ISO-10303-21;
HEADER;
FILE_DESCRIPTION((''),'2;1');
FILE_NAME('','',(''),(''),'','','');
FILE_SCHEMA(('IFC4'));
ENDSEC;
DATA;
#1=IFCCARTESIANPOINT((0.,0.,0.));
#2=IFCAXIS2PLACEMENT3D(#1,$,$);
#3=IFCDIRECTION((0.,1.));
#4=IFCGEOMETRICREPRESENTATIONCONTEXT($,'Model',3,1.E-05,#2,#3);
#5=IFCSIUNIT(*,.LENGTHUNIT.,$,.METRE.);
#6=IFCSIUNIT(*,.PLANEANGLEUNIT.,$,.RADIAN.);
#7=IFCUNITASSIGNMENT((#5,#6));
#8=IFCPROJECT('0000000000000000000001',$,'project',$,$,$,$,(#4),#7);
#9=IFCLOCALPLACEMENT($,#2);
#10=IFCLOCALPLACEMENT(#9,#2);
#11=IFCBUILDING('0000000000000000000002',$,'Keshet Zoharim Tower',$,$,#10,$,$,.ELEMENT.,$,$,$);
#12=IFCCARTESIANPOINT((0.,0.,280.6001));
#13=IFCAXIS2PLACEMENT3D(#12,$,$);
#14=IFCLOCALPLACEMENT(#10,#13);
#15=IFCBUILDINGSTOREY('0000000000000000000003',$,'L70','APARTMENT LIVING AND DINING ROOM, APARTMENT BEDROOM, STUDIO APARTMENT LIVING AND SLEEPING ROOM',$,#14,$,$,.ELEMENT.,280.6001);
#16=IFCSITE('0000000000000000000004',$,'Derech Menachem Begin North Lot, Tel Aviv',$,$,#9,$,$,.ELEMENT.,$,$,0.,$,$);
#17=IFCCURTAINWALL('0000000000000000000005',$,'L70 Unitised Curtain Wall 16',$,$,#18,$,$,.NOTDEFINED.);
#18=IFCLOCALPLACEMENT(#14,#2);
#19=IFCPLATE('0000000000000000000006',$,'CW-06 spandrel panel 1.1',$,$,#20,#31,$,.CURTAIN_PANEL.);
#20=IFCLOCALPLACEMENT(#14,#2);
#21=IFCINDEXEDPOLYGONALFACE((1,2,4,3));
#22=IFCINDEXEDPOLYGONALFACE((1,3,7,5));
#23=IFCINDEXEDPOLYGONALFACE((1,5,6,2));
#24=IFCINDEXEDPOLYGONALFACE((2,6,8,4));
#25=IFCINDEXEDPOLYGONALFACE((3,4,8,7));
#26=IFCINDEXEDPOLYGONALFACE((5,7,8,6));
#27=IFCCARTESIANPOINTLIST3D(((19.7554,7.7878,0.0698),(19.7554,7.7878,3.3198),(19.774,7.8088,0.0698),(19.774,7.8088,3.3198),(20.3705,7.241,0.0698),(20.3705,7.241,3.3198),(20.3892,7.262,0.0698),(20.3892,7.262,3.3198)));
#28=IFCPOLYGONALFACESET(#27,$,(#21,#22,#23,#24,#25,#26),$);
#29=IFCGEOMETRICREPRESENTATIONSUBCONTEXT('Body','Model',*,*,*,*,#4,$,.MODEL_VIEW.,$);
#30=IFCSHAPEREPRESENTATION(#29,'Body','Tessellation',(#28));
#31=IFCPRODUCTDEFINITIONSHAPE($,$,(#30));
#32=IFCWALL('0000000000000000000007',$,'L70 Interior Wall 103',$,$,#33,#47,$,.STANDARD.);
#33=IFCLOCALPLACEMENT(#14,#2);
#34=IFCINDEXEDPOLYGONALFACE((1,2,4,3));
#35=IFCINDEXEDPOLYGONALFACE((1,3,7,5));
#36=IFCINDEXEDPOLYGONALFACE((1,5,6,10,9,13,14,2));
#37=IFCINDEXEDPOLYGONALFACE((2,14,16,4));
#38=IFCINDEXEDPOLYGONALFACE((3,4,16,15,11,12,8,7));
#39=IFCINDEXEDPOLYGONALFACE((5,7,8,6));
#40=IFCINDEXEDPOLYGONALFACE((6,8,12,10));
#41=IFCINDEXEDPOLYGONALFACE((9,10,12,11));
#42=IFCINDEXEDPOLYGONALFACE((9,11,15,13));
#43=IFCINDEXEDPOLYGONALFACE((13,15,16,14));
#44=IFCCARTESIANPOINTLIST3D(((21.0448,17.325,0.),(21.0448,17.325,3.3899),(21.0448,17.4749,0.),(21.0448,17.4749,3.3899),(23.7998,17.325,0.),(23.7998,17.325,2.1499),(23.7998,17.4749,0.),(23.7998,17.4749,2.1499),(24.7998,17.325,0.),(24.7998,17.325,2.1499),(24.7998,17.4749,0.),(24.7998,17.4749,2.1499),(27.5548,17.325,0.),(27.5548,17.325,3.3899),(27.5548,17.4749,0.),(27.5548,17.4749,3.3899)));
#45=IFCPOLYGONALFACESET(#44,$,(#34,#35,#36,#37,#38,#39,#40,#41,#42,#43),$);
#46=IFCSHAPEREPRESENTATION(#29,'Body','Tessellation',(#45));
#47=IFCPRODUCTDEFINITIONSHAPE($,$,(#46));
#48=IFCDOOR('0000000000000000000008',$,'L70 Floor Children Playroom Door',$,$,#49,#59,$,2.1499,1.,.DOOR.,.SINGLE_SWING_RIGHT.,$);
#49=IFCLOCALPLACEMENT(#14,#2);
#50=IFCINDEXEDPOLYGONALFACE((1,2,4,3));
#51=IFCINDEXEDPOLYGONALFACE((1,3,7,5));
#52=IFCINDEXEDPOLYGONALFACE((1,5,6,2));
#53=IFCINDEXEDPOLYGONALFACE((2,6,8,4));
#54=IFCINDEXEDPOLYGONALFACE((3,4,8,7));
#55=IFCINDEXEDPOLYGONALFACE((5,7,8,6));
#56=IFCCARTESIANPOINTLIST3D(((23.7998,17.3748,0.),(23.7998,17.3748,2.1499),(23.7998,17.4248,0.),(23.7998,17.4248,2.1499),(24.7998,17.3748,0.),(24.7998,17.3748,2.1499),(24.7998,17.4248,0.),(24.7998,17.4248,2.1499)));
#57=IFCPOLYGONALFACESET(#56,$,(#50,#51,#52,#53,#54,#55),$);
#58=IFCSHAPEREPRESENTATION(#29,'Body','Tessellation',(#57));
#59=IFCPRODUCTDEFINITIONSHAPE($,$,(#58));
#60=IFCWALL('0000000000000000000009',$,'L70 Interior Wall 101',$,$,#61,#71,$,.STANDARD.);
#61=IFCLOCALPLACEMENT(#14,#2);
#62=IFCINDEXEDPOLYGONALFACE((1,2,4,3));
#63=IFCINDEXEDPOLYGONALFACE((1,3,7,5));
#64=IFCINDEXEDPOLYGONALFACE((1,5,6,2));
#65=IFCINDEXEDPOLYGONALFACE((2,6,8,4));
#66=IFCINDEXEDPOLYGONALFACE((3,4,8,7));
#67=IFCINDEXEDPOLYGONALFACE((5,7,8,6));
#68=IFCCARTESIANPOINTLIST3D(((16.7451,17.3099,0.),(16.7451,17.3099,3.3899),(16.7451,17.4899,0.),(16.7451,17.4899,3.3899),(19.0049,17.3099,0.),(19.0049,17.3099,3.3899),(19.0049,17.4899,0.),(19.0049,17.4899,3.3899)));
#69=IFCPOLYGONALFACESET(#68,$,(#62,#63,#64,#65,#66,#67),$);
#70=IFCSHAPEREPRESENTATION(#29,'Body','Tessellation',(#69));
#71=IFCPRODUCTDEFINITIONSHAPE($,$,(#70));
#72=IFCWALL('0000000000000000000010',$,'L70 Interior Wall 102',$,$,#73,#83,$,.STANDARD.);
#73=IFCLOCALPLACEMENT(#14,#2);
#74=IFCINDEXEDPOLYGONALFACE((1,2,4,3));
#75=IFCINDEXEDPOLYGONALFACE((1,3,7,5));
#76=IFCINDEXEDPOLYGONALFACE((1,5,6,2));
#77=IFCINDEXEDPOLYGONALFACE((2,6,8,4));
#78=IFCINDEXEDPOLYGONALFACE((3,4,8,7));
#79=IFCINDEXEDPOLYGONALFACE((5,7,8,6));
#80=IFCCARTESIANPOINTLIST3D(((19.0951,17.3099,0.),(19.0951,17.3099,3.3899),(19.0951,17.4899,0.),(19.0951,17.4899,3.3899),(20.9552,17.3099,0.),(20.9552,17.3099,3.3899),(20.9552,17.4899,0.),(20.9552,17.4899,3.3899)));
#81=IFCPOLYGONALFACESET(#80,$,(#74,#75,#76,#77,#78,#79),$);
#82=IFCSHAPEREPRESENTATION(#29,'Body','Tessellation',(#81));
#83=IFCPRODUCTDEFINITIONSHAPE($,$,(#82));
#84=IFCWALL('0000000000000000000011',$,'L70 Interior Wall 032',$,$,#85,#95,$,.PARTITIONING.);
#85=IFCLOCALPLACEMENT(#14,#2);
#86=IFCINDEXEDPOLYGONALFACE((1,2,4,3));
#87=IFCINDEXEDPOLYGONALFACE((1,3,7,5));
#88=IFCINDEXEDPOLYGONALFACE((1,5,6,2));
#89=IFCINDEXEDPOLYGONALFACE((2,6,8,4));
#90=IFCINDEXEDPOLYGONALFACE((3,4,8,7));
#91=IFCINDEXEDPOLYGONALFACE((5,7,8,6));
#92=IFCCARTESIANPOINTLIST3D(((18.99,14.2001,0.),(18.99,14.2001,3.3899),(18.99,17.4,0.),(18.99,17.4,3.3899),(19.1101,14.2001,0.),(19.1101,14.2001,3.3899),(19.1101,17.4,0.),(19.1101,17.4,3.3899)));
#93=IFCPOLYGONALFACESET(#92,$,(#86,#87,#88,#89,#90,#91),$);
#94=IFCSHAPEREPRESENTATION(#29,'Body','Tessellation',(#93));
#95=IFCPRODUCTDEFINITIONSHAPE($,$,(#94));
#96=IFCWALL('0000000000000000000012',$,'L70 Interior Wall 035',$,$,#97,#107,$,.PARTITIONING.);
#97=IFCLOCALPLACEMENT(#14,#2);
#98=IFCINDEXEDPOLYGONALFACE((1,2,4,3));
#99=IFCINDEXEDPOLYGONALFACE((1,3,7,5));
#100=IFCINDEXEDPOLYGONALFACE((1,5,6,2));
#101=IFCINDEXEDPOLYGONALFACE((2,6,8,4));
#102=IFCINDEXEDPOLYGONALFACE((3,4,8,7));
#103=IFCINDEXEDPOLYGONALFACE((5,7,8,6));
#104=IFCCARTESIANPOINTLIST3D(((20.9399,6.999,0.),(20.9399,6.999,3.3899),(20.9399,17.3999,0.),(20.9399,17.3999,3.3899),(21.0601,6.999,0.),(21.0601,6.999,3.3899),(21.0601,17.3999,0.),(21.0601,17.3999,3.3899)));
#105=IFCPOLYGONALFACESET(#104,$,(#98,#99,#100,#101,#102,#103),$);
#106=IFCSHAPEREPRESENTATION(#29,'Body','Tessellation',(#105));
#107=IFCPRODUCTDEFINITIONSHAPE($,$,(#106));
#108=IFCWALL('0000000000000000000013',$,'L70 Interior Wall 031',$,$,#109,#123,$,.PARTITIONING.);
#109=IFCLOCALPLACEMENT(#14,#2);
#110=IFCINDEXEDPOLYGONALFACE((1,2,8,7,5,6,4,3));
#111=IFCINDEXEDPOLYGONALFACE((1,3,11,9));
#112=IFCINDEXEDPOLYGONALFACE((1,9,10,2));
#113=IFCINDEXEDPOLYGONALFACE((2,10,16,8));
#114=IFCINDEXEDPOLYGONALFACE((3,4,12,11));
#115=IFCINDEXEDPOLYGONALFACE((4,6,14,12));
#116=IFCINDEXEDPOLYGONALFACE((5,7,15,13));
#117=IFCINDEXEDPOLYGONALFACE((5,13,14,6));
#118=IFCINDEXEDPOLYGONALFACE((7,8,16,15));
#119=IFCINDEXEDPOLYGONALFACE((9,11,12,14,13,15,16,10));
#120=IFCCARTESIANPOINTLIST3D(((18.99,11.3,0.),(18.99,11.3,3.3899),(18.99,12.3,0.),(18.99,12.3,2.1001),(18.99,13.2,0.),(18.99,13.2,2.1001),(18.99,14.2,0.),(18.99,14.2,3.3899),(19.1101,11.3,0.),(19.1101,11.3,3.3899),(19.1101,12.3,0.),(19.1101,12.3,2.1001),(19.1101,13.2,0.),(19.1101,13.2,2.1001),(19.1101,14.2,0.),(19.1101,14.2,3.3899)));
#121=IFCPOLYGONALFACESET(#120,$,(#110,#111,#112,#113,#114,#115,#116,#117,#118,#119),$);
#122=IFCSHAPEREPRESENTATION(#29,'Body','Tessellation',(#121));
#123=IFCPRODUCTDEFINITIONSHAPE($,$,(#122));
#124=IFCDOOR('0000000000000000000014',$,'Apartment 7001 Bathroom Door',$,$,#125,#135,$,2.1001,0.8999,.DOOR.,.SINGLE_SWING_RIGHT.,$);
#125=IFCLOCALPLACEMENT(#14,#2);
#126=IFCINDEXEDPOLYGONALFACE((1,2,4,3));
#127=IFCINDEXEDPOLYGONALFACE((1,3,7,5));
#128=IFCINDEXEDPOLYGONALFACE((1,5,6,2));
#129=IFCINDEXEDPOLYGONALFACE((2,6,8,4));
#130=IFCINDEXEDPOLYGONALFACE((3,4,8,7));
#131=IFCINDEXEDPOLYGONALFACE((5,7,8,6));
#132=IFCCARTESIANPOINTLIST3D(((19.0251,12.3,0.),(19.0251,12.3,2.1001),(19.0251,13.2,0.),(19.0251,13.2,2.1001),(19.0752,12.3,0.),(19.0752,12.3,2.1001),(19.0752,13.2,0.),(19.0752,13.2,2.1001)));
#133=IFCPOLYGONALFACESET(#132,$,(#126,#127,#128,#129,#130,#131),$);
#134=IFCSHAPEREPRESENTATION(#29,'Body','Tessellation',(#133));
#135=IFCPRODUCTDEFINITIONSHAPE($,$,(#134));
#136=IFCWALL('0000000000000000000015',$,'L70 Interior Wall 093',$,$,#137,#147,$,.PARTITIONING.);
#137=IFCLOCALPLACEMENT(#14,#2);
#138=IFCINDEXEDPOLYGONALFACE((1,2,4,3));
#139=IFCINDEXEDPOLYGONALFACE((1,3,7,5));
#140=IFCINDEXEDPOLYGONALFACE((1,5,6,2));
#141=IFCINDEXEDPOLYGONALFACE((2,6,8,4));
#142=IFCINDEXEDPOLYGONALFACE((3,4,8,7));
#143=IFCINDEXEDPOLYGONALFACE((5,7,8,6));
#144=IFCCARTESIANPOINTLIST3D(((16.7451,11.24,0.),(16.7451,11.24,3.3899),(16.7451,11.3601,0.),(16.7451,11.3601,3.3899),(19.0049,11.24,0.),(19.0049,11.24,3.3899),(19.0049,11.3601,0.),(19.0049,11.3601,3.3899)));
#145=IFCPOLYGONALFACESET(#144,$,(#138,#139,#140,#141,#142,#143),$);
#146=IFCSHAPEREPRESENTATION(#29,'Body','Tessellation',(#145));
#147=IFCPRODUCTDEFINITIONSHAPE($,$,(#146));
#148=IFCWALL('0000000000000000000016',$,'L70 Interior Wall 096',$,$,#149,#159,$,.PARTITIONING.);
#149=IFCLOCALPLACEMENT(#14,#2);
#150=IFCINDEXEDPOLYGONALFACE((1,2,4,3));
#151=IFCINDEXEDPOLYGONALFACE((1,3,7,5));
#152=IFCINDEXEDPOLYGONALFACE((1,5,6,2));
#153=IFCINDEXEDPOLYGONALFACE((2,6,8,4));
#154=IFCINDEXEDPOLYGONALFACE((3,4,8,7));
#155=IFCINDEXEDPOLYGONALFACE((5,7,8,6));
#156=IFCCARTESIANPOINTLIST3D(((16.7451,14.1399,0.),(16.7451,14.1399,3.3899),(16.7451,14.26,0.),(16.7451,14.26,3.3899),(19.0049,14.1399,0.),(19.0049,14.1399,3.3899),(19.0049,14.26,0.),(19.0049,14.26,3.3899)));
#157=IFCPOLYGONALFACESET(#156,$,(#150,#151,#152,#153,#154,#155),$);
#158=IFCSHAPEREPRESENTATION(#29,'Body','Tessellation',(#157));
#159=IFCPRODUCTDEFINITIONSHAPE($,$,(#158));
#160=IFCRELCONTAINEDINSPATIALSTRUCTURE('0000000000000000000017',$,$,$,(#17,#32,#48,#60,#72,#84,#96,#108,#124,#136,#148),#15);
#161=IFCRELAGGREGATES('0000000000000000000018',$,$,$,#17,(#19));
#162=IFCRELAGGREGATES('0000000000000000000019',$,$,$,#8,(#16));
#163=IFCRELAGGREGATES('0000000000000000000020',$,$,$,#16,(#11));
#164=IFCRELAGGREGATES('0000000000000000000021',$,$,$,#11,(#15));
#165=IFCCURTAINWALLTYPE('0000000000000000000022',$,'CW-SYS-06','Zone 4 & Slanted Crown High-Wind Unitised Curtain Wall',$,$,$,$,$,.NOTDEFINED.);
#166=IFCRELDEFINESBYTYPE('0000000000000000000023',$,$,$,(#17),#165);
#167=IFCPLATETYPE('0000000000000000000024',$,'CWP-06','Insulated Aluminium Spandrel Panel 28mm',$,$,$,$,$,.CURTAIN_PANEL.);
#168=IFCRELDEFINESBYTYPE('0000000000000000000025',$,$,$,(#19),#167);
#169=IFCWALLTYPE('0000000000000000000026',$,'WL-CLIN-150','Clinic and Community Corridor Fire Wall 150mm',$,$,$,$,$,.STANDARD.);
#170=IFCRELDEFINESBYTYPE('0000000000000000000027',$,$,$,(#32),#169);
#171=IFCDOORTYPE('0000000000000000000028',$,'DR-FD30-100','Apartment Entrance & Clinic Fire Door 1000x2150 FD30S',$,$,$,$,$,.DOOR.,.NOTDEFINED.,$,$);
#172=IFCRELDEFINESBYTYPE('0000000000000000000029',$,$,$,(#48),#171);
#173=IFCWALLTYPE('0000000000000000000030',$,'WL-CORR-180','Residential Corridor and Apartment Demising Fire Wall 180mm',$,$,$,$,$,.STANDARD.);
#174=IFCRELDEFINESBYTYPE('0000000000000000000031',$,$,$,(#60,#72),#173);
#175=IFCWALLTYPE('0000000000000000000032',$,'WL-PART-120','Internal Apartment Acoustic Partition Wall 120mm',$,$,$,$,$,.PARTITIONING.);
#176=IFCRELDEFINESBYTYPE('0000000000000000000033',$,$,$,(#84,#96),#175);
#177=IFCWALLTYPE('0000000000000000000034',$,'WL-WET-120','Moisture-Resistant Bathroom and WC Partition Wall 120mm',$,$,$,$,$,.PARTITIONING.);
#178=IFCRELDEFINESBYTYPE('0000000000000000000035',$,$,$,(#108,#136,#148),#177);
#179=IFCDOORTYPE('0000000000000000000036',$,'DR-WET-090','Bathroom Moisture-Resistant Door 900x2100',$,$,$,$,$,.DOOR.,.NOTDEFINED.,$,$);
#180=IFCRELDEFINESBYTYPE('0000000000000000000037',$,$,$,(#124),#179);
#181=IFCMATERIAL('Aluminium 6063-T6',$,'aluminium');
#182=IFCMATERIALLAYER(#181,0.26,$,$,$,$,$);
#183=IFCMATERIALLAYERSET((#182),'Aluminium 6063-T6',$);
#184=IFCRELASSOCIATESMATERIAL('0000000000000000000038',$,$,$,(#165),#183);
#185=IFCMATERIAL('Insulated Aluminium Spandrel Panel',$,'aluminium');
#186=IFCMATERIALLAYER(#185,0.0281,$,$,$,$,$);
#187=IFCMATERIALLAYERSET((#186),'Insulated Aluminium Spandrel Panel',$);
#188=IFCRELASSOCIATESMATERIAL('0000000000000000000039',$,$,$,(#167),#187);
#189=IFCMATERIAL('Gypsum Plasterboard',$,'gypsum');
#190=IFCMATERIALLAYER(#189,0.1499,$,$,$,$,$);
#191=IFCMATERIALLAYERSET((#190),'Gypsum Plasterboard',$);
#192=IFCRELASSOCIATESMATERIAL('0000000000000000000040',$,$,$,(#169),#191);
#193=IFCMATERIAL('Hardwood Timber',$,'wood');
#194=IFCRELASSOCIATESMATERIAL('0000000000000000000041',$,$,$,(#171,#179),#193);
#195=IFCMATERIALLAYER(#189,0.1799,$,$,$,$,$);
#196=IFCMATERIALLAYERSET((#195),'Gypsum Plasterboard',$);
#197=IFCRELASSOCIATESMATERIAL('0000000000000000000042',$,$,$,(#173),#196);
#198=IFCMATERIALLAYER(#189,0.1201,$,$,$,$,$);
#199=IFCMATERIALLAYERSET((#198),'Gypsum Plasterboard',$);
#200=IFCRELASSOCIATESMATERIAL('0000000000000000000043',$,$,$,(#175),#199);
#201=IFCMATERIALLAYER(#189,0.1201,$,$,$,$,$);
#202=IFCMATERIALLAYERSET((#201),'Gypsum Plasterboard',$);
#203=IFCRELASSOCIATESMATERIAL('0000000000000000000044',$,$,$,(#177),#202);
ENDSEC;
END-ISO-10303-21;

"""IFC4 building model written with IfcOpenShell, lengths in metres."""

from ifc_helpers import new_model, si_unit, direction, frame, frame_2d, origin, origin_2d, place, context, subcontext, project, spatial, rectangle, extrude, material, layer, layer_set, type_object, element, fill, aggregate, save


model = new_model("IFC4")

# Units and contexts
model_context = context("Model", 3, precision=1e-05, world=origin(), true_north=direction((0.0, 1.0)))
body_context = subcontext(model_context, "Body", "Model", "MODEL_VIEW")
ifc_project = project(units=[si_unit("LENGTHUNIT", "METRE"), si_unit("PLANEANGLEUNIT", "RADIAN")], contexts=[model_context])

# Site, building, storey
site_placement = place(None, origin())
site = spatial("IfcSite", under=ifc_project, at=site_placement, Name="Derech Menachem Begin North Lot, Tel Aviv", CompositionType="ELEMENT", RefElevation=0.0)
building_placement = place(site_placement, origin())
building = spatial("IfcBuilding", under=site, at=building_placement, Name="Keshet Zoharim Tower", CompositionType="ELEMENT")
storey_placement = place(building_placement, frame((0.0, 0.0, 280.6001)))
storey = spatial("IfcBuildingStorey", under=building, at=storey_placement, Name="L70", Description="APARTMENT LIVING AND DINING ROOM, APARTMENT BEDROOM, STUDIO APARTMENT LIVING AND SLEEPING ROOM", CompositionType="ELEMENT", Elevation=280.6001)

# Shared definitions
ifc_material_1 = material(Name="Aluminium 6063-T6", Category="aluminium")
ifc_layer_1 = layer(ifc_material_1, 0.26)
ifc_layer_set_1 = layer_set([ifc_layer_1], Name="Aluminium 6063-T6")
curtain_wall_type = type_object("IfcCurtainWallType", Name="CW-SYS-06", Description="Zone 4 & Slanted Crown High-Wind Unitised Curtain Wall", PredefinedType="NOTDEFINED", material=ifc_layer_set_1)

# Curtain wall
curtain_wall_1_placement = place(storey_placement, origin())
curtain_wall_1 = element("IfcCurtainWall", 1, at=curtain_wall_1_placement, inside=storey, type_object=curtain_wall_type, Name="L70 Unitised Curtain Wall 16", PredefinedType="NOTDEFINED")

# Plate
ifc_material_2 = material(Name="Insulated Aluminium Spandrel Panel", Category="aluminium")
ifc_layer_2 = layer(ifc_material_2, 0.0281)
ifc_layer_set_2 = layer_set([ifc_layer_2], Name="Insulated Aluminium Spandrel Panel")
plate_type_1 = type_object("IfcPlateType", Name="CWP-06", Description="Insulated Aluminium Spandrel Panel 28mm", PredefinedType="CURTAIN_PANEL", material=ifc_layer_set_2)
plate_1_placement = place(storey_placement, frame((20.0723, 7.5249, 0.0698), z_axis=(0.0, 0.0, 1.0), x_axis=(-0.747427, 0.664345, 0.0)))
plate_1 = element("IfcPlate", 2, at=plate_1_placement, type_object=plate_type_1, Name="CW-06 spandrel panel 1.1", PredefinedType="CURTAIN_PANEL", context=body_context, shape_type="SweptSolid", body=[
    extrude(rectangle(XDim=0.823, YDim=0.0281, at=origin_2d()), origin(), (0.0, 0.0, 1.0), 3.25),
])
aggregate(curtain_wall_1, [plate_1])

# Wall, opening, door
ifc_material_3 = material(Name="Gypsum Plasterboard", Category="gypsum")
ifc_layer_3 = layer(ifc_material_3, 0.1499)
ifc_layer_set_3 = layer_set([ifc_layer_3], Name="Gypsum Plasterboard")
wall_type_1 = type_object("IfcWallType", Name="WL-CLIN-150", Description="Clinic and Community Corridor Fire Wall 150mm", PredefinedType="STANDARD", material=ifc_layer_set_3)
wall_1_placement = place(storey_placement, frame((21.0449, 17.3999, 0.0), z_axis=(0.0, 0.0, 1.0), x_axis=(1.0, 0.0, 0.0)))
wall_1 = element("IfcWall", 3, at=wall_1_placement, inside=storey, type_object=wall_type_1, Name="L70 Interior Wall 103", PredefinedType="STANDARD", context=body_context, shape_type="SweptSolid", body=[
    extrude(rectangle(XDim=6.51, YDim=0.1499, at=frame_2d((3.2549, 0.0))), origin(), (0.0, 0.0, 1.0), 3.3899),
])
opening_1_placement = place(wall_1_placement, frame((2.7549, 0.0, 0.0)))
opening_1 = element("IfcOpeningElement", 4, at=opening_1_placement, cuts=wall_1, PredefinedType="OPENING", context=body_context, shape_type="SweptSolid", body=[
    extrude(rectangle(XDim=1.0, YDim=2.1499, at=frame_2d((0.5, 1.075))), frame((0.0, 0.085, 0.0), z_axis=(0.0, -1.0, 0.0), x_axis=(1.0, 0.0, 0.0)), (0.0, 0.0, 1.0), 0.1699),
])
ifc_material_4 = material(Name="Hardwood Timber", Category="wood")
door_type_1 = type_object("IfcDoorType", Name="DR-FD30-100", Description="Apartment Entrance & Clinic Fire Door 1000x2150 FD30S", OperationType="NOTDEFINED", PredefinedType="DOOR", material=ifc_material_4)
door_1_placement = place(opening_1_placement, origin())
door_1 = element("IfcDoor", 5, at=door_1_placement, inside=storey, type_object=door_type_1, Name="L70 Floor Children Playroom Door", OperationType="SINGLE_SWING_RIGHT", OverallHeight=2.1499, OverallWidth=1.0, PredefinedType="DOOR", context=body_context, shape_type="SweptSolid", body=[
    extrude(rectangle(XDim=1.0, YDim=2.1499, at=frame_2d((0.5, 1.075))), frame((0.0, 0.0249, 0.0), z_axis=(0.0, -1.0, 0.0), x_axis=(1.0, 0.0, 0.0)), (0.0, 0.0, 1.0), 0.05),
])
fill(opening_1, door_1)

# Walls
ifc_layer_4 = layer(ifc_material_3, 0.1799)
ifc_layer_set_4 = layer_set([ifc_layer_4], Name="Gypsum Plasterboard")
wall_type_2 = type_object("IfcWallType", Name="WL-CORR-180", Description="Residential Corridor and Apartment Demising Fire Wall 180mm", PredefinedType="STANDARD", material=ifc_layer_set_4)
wall_2_placement = place(storey_placement, frame((16.7451, 17.3999, 0.0), z_axis=(0.0, 0.0, 1.0), x_axis=(1.0, 0.0, 0.0)))
element("IfcWall", 6, at=wall_2_placement, inside=storey, type_object=wall_type_2, Name="L70 Interior Wall 101", PredefinedType="STANDARD", context=body_context, shape_type="SweptSolid", body=[
    extrude(rectangle(XDim=2.2598, YDim=0.1799, at=frame_2d((1.1299, 0.0))), origin(), (0.0, 0.0, 1.0), 3.3899),
])
wall_3_placement = place(storey_placement, frame((19.095, 17.3999, 0.0), z_axis=(0.0, 0.0, 1.0), x_axis=(1.0, 0.0, 0.0)))
element("IfcWall", 7, at=wall_3_placement, inside=storey, type_object=wall_type_2, Name="L70 Interior Wall 102", PredefinedType="STANDARD", context=body_context, shape_type="SweptSolid", body=[
    extrude(rectangle(XDim=1.8601, YDim=0.1799, at=frame_2d((0.9302, 0.0))), origin(), (0.0, 0.0, 1.0), 3.3899),
])

# Shared definitions
ifc_layer_5 = layer(ifc_material_3, 0.1201)
ifc_layer_set_5 = layer_set([ifc_layer_5], Name="Gypsum Plasterboard")
wall_type_3 = type_object("IfcWallType", Name="WL-PART-120", Description="Internal Apartment Acoustic Partition Wall 120mm", PredefinedType="PARTITIONING", material=ifc_layer_set_5)

# Walls
wall_4_placement = place(storey_placement, frame((19.05, 14.2, 0.0), z_axis=(0.0, 0.0, 1.0), x_axis=(0.0, 1.0, 0.0)))
element("IfcWall", 8, at=wall_4_placement, inside=storey, type_object=wall_type_3, Name="L70 Interior Wall 032", PredefinedType="PARTITIONING", context=body_context, shape_type="SweptSolid", body=[
    extrude(rectangle(XDim=3.2, YDim=0.1201, at=frame_2d((1.6001, 0.0))), origin(), (0.0, 0.0, 1.0), 3.3899),
])
wall_5_placement = place(storey_placement, frame((21.0, 6.999, 0.0), z_axis=(0.0, 0.0, 1.0), x_axis=(0.0, 1.0, 0.0)))
element("IfcWall", 9, at=wall_5_placement, inside=storey, type_object=wall_type_3, Name="L70 Interior Wall 035", PredefinedType="PARTITIONING", context=body_context, shape_type="SweptSolid", body=[
    extrude(rectangle(XDim=10.4009, YDim=0.1201, at=frame_2d((5.2004, 0.0))), origin(), (0.0, 0.0, 1.0), 3.3899),
])

# Wall, opening, door
ifc_layer_6 = layer(ifc_material_3, 0.1201)
ifc_layer_set_6 = layer_set([ifc_layer_6], Name="Gypsum Plasterboard")
wall_type_4 = type_object("IfcWallType", Name="WL-WET-120", Description="Moisture-Resistant Bathroom and WC Partition Wall 120mm", PredefinedType="PARTITIONING", material=ifc_layer_set_6)
wall_6_placement = place(storey_placement, frame((19.05, 11.3, 0.0), z_axis=(0.0, 0.0, 1.0), x_axis=(0.0, 1.0, 0.0)))
wall_6 = element("IfcWall", 10, at=wall_6_placement, inside=storey, type_object=wall_type_4, Name="L70 Interior Wall 031", PredefinedType="PARTITIONING", context=body_context, shape_type="SweptSolid", body=[
    extrude(rectangle(XDim=2.8999, YDim=0.1201, at=frame_2d((1.45, 0.0))), origin(), (0.0, 0.0, 1.0), 3.3899),
])
opening_2_placement = place(wall_6_placement, frame((1.0, 0.0, 0.0)))
opening_2 = element("IfcOpeningElement", 11, at=opening_2_placement, cuts=wall_6, PredefinedType="OPENING", context=body_context, shape_type="SweptSolid", body=[
    extrude(rectangle(XDim=0.8999, YDim=2.1001, at=frame_2d((0.45, 1.05))), frame((0.0, 0.0701, 0.0), z_axis=(0.0, -1.0, 0.0), x_axis=(1.0, 0.0, 0.0)), (0.0, 0.0, 1.0), 0.1401),
])
door_type_2 = type_object("IfcDoorType", Name="DR-WET-090", Description="Bathroom Moisture-Resistant Door 900x2100", OperationType="NOTDEFINED", PredefinedType="DOOR", material=ifc_material_4)
door_2_placement = place(opening_2_placement, origin())
door_2 = element("IfcDoor", 12, at=door_2_placement, inside=storey, type_object=door_type_2, Name="Apartment 7001 Bathroom Door", OperationType="SINGLE_SWING_RIGHT", OverallHeight=2.1001, OverallWidth=0.8999, PredefinedType="DOOR", context=body_context, shape_type="SweptSolid", body=[
    extrude(rectangle(XDim=0.8999, YDim=2.1001, at=frame_2d((0.45, 1.05))), frame((0.0, 0.0249, 0.0), z_axis=(0.0, -1.0, 0.0), x_axis=(1.0, 0.0, 0.0)), (0.0, 0.0, 1.0), 0.05),
])
fill(opening_2, door_2)

# Walls
for number, where, z_axis, x_axis, name in (
    (13, (16.7451, 11.3, 0.0), (0.0, 0.0, 1.0), (1.0, 0.0, 0.0), "L70 Interior Wall 093"),
    (14, (16.7451, 14.2, 0.0), (0.0, 0.0, 1.0), (1.0, 0.0, 0.0), "L70 Interior Wall 096"),
):
    element("IfcWall", number, at=place(storey_placement, frame(where, z_axis=z_axis, x_axis=x_axis)), inside=storey, type_object=wall_type_4, Name=name, PredefinedType="PARTITIONING", context=body_context, shape_type="SweptSolid", body=[
        extrude(rectangle(XDim=2.2598, YDim=0.1201, at=frame_2d((1.1299, 0.0))), origin(), (0.0, 0.0, 1.0), 3.3899),
    ])

save(model, "model.ifc")
